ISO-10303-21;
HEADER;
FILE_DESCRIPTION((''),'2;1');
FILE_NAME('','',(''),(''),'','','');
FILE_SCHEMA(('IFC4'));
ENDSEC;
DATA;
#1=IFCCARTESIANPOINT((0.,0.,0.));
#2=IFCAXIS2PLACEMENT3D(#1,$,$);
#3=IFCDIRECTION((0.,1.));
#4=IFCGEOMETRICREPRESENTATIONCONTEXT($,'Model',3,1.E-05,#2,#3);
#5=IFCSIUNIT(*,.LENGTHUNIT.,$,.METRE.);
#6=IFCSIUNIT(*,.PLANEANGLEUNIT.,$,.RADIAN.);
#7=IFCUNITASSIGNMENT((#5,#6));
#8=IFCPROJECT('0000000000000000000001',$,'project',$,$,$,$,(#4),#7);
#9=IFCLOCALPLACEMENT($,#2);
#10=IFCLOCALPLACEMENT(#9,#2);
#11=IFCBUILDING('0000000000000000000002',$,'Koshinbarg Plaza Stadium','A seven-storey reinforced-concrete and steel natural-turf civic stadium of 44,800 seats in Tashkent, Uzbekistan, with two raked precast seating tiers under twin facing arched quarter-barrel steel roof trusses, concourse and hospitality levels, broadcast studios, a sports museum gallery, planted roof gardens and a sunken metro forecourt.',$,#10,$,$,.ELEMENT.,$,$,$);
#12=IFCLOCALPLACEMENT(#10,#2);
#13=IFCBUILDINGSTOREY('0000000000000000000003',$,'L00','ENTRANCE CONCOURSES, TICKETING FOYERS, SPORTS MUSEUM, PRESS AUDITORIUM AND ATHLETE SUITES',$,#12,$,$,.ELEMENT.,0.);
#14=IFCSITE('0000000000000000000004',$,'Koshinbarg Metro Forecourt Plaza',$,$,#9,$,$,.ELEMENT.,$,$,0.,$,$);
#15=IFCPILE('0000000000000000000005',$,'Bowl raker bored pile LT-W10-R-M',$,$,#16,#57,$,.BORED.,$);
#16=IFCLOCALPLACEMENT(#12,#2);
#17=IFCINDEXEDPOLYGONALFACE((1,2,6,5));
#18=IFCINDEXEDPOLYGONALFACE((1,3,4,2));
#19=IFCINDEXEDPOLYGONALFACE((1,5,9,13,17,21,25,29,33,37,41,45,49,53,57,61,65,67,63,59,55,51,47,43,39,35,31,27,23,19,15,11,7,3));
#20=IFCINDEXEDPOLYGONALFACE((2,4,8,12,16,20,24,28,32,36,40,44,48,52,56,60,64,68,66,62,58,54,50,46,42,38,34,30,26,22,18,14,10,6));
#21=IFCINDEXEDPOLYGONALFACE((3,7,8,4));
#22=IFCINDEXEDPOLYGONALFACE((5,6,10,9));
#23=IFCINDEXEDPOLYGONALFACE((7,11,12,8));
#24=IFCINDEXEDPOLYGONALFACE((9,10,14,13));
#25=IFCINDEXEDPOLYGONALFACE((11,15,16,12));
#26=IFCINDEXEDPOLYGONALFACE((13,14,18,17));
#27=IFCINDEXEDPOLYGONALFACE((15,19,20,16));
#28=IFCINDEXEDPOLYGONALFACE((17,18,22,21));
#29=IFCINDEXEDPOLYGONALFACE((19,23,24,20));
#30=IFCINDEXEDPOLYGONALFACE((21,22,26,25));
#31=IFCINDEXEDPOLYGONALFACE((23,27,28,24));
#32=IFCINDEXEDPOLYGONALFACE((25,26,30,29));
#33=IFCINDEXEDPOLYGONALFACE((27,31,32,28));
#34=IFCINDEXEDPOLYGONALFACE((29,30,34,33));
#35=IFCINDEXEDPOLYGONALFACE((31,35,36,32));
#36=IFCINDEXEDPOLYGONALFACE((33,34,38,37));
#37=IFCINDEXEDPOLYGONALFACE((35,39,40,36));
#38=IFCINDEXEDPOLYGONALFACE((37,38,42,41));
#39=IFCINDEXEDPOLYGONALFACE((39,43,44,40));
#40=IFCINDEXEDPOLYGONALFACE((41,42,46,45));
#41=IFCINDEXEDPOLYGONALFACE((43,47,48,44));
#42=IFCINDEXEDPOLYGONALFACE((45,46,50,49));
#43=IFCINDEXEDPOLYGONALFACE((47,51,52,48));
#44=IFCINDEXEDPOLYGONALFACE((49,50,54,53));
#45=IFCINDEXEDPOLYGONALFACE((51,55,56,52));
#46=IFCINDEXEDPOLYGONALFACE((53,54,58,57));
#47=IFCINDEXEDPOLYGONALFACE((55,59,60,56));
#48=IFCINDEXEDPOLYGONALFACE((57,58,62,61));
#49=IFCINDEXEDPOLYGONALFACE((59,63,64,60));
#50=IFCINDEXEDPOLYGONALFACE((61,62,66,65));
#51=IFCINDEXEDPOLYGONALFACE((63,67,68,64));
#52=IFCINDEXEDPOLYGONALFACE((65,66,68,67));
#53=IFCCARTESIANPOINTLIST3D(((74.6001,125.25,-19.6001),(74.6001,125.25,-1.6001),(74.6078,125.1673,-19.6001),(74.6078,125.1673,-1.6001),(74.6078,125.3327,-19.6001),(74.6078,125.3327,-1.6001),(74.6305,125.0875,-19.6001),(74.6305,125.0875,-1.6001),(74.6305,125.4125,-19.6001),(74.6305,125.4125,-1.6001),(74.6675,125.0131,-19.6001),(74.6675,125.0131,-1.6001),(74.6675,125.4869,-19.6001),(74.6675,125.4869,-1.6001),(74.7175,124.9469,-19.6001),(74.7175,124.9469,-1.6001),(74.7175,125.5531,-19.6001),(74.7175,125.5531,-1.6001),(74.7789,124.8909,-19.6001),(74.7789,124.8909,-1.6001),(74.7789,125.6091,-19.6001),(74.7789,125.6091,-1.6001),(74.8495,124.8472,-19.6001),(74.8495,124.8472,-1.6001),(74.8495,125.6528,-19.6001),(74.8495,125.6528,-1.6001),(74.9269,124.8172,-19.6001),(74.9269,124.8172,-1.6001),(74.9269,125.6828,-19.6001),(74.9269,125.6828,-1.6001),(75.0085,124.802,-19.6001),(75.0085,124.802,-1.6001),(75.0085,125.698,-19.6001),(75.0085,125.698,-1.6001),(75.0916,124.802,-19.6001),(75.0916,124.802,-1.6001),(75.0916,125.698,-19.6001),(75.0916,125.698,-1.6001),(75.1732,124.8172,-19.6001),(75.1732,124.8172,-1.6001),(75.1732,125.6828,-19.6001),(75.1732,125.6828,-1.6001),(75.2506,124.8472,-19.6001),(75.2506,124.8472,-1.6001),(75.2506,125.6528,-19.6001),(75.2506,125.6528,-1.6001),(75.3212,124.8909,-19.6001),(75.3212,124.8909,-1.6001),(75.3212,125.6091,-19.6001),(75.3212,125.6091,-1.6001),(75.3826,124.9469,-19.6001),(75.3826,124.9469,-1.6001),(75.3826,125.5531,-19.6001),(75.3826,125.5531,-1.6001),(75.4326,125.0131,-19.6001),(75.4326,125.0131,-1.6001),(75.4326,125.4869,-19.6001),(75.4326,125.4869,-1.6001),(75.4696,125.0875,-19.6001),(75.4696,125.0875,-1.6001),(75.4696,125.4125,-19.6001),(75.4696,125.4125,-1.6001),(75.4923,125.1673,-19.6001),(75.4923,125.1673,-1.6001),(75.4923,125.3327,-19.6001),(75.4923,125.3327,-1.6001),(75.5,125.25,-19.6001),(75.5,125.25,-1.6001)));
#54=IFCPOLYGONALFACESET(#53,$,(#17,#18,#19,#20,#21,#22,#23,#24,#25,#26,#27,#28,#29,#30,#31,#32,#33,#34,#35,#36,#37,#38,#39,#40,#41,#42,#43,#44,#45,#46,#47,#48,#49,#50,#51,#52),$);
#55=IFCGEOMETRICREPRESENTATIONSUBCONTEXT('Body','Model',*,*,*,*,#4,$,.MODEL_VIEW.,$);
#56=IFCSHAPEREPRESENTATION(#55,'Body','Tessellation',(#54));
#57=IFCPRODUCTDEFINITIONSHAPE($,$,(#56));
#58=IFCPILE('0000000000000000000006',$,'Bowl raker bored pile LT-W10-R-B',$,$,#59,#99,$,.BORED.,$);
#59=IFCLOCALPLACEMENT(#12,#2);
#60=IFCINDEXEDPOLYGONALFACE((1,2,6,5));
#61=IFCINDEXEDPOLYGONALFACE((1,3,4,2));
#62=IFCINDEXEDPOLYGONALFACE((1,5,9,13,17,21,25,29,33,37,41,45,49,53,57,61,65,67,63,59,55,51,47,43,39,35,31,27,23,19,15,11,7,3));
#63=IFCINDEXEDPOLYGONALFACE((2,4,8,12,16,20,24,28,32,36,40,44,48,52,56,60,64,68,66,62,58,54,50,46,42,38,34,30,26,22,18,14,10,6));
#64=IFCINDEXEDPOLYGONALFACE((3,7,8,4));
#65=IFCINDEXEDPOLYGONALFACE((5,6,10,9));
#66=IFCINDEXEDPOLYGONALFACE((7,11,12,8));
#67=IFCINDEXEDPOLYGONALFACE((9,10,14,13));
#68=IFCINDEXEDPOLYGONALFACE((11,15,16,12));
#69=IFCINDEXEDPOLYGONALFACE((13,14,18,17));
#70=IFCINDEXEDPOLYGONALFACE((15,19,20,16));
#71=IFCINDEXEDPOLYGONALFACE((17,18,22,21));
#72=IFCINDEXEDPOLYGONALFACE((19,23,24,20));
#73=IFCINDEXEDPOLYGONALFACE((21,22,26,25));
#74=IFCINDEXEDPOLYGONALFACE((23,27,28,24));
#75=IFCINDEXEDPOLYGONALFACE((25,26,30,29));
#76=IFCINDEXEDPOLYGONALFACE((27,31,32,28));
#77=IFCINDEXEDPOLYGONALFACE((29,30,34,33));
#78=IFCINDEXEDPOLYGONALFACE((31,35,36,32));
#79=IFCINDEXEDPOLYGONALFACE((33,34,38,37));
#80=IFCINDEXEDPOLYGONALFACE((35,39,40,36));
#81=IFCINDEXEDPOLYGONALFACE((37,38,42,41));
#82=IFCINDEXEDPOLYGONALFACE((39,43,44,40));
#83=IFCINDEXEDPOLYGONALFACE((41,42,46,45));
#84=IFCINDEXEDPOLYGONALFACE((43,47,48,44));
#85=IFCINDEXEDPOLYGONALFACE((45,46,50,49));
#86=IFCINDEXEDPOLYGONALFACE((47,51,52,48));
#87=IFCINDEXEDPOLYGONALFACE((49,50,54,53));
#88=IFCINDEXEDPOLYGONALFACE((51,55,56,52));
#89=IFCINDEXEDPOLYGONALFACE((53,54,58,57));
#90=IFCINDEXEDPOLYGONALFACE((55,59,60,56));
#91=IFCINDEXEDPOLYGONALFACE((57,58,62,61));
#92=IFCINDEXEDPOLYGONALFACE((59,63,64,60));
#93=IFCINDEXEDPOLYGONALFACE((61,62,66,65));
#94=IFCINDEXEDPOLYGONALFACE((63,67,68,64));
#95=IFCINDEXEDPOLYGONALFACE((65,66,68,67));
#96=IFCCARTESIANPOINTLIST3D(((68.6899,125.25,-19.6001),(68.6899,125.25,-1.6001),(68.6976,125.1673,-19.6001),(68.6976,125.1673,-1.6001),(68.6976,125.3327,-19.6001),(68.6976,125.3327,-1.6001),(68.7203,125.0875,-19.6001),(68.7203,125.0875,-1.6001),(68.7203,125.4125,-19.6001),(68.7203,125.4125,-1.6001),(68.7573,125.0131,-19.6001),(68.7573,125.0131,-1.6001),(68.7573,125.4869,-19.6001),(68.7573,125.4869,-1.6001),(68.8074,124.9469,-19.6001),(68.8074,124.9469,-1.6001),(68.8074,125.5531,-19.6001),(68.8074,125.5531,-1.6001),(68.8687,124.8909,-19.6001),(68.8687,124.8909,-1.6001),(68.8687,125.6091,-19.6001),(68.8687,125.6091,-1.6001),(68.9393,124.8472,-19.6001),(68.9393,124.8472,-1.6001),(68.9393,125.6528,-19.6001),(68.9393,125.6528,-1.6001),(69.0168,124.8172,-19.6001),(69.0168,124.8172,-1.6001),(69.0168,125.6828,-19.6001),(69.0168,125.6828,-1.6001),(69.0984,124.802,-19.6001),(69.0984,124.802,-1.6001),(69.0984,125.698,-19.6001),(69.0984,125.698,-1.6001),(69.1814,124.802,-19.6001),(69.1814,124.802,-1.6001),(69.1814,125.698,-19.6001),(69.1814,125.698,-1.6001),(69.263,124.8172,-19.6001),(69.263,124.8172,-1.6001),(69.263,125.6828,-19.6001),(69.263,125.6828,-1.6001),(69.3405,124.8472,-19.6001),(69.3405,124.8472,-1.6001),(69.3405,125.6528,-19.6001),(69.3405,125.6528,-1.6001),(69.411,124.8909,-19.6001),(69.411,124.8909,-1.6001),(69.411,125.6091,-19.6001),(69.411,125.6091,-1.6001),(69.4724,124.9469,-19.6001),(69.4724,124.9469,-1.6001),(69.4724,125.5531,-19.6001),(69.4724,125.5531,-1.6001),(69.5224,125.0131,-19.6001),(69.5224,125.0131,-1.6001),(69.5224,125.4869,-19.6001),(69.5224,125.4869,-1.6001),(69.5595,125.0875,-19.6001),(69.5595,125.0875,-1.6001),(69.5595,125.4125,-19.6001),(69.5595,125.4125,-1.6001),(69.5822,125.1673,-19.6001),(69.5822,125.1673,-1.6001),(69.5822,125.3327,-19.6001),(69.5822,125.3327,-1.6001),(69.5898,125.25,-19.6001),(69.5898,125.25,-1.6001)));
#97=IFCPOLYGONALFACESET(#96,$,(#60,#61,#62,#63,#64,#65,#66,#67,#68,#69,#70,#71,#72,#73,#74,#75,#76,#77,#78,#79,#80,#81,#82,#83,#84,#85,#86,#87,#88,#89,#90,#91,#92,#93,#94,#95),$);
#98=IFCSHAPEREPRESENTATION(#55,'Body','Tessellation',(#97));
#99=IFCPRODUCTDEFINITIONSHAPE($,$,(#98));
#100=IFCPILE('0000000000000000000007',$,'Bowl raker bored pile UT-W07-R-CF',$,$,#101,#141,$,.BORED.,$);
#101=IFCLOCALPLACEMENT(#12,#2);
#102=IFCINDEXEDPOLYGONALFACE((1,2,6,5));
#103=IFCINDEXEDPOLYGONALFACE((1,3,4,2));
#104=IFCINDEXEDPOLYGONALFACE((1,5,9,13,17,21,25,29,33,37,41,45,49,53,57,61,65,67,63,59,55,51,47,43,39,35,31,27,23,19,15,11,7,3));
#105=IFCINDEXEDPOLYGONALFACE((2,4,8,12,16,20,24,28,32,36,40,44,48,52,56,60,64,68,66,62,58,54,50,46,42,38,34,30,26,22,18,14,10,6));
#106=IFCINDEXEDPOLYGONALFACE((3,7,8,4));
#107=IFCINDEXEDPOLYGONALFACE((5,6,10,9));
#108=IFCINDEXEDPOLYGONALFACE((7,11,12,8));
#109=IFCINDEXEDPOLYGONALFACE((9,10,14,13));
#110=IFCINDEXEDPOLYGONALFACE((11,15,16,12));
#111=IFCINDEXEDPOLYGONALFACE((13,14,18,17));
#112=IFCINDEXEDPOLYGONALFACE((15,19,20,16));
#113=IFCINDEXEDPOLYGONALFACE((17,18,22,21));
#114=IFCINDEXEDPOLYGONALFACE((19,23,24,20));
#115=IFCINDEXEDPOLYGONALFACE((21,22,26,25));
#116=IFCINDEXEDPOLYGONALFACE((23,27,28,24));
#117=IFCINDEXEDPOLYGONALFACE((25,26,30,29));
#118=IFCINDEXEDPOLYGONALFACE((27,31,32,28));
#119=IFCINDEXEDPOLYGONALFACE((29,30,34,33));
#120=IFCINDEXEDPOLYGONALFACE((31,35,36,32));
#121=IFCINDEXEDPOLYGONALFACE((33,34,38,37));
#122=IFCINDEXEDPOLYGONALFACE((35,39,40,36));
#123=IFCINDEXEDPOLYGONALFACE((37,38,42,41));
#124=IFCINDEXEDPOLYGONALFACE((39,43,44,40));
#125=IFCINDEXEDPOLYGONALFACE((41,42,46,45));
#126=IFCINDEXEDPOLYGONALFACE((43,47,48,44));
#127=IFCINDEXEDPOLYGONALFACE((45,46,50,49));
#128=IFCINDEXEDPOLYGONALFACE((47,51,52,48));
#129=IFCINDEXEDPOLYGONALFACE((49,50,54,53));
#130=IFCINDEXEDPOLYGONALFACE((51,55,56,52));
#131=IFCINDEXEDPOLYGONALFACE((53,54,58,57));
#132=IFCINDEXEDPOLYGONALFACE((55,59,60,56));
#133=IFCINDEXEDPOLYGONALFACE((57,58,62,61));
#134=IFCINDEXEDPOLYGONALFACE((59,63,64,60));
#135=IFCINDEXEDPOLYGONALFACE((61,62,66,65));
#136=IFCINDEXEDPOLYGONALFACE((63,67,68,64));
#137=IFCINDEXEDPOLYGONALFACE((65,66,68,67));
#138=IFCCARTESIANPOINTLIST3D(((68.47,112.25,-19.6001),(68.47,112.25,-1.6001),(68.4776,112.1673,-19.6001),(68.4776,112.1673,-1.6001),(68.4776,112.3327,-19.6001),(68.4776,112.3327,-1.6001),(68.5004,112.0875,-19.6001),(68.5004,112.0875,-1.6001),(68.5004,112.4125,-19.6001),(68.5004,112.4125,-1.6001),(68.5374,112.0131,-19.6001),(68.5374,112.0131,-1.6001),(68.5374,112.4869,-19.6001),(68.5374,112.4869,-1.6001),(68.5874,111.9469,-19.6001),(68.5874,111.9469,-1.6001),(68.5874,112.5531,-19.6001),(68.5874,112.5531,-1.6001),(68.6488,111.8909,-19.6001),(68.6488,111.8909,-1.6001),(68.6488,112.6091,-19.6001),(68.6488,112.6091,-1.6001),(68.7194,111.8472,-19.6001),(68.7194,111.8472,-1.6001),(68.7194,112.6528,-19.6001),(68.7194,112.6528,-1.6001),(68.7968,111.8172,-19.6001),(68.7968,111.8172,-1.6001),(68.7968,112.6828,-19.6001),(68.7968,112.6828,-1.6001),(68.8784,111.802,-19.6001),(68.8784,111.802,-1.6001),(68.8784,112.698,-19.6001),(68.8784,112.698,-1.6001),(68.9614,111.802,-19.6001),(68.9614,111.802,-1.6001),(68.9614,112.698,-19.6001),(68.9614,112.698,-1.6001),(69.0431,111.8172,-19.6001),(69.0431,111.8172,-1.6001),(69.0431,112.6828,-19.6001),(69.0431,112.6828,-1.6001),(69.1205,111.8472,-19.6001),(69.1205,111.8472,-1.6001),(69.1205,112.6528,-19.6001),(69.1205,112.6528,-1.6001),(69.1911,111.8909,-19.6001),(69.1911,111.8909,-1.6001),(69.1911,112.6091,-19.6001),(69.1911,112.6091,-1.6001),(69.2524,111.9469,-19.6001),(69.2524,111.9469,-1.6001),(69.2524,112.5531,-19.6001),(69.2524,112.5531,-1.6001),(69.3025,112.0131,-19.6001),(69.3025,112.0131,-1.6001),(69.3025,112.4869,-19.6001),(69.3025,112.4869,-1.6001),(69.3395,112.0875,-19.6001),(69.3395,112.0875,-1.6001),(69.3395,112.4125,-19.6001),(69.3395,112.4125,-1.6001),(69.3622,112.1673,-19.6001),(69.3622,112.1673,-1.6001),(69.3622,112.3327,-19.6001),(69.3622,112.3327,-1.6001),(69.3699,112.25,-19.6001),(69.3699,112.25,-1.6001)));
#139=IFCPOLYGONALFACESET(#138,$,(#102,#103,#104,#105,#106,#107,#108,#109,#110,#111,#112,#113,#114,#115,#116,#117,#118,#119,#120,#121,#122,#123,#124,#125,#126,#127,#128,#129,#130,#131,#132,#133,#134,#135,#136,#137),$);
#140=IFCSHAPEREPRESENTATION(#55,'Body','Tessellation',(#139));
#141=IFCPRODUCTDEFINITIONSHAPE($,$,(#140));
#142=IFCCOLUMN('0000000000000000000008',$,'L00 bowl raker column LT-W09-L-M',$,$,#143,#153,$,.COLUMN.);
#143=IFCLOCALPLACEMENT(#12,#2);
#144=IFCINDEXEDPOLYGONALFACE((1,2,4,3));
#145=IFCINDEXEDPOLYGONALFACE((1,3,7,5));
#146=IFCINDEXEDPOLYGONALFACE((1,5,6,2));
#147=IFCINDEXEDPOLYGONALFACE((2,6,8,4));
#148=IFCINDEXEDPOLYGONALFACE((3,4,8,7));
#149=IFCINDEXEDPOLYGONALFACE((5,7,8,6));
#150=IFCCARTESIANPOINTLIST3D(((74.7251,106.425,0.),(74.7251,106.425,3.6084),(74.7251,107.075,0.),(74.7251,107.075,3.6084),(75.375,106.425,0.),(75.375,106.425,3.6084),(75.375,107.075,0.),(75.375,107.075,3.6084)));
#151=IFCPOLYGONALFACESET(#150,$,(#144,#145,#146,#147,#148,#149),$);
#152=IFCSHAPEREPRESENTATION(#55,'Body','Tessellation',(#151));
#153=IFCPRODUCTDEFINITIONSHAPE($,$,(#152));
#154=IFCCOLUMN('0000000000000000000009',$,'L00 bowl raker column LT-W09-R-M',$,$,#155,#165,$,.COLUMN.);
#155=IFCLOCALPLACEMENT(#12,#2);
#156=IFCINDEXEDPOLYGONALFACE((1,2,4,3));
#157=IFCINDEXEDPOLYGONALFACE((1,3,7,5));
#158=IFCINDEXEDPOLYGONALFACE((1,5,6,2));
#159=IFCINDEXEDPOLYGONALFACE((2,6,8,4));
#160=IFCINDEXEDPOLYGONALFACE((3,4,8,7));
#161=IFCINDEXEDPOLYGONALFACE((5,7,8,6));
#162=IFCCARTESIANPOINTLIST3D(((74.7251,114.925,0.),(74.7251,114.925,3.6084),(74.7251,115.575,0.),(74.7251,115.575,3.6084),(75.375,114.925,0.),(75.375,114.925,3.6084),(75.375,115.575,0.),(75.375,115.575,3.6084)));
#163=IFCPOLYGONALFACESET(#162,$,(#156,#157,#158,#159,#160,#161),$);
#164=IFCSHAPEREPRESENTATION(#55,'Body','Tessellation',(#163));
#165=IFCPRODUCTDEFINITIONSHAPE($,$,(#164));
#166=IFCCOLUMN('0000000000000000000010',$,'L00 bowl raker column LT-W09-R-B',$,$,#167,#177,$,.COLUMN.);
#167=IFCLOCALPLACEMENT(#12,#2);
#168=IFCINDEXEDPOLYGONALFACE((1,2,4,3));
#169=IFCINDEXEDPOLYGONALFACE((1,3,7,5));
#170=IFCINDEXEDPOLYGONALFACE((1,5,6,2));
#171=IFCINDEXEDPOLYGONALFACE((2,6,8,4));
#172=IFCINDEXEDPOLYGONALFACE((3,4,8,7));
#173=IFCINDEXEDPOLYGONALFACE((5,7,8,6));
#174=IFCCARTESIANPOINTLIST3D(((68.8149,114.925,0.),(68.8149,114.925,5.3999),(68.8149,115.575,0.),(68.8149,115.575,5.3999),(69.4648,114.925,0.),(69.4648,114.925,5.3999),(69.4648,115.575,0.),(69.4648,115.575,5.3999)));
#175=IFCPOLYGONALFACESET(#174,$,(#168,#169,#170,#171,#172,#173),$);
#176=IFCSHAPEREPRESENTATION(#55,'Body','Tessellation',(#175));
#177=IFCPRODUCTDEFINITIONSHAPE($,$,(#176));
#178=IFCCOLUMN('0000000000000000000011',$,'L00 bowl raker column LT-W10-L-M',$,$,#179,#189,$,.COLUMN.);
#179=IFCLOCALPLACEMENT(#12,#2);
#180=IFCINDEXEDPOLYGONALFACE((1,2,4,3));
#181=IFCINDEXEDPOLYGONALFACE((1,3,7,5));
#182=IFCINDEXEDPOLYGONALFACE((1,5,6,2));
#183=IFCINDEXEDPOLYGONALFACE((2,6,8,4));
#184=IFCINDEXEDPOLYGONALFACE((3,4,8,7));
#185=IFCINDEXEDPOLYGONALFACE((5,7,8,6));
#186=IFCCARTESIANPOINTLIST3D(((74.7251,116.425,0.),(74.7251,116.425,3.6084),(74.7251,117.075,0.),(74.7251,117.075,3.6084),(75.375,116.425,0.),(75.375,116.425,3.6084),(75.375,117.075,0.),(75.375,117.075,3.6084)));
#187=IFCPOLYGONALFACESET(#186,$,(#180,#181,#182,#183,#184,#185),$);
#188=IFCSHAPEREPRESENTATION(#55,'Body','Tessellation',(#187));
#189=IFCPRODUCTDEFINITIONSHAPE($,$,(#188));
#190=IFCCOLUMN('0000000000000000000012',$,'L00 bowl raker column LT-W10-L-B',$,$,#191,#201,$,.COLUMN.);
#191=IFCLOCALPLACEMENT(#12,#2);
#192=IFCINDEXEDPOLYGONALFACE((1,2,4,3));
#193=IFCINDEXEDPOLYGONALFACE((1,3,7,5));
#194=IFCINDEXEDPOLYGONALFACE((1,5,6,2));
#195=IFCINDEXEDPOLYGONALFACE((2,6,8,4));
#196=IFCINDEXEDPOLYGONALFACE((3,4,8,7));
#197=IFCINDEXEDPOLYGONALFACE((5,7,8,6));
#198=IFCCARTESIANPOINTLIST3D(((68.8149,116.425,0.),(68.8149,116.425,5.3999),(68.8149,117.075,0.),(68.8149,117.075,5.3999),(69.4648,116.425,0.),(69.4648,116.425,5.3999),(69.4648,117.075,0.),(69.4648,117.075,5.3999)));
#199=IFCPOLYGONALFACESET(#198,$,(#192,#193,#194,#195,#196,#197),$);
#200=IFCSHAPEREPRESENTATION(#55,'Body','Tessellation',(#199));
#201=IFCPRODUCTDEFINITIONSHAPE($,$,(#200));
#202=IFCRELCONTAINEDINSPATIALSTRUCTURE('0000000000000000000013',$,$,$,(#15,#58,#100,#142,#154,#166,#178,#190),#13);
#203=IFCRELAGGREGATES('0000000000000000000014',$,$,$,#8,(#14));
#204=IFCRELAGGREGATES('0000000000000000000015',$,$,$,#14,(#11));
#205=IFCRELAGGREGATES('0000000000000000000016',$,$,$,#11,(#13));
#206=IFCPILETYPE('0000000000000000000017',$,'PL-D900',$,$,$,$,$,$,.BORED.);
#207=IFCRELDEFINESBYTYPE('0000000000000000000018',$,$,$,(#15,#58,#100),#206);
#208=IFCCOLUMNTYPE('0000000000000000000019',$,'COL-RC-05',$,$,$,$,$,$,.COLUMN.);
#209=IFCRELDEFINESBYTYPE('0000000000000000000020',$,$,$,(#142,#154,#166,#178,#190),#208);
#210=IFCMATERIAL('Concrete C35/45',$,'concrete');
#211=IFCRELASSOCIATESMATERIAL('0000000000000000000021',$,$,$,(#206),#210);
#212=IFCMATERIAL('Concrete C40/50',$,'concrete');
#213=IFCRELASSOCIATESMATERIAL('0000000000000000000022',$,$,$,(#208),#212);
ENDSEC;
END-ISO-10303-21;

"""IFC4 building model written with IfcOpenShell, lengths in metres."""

from ifc_helpers import new_model, si_unit, direction, frame, origin, origin_2d, place, context, subcontext, project, spatial, rectangle, circle, extrude, material, material_profile, profile_set, type_object, element, save


model = new_model("IFC4")

# Units and contexts
model_context = context("Model", 3, precision=1e-05, world=origin(), true_north=direction((0.0, 1.0)))
body_context = subcontext(model_context, "Body", "Model", "MODEL_VIEW")
ifc_project = project(units=[si_unit("LENGTHUNIT", "METRE"), si_unit("PLANEANGLEUNIT", "RADIAN")], contexts=[model_context])

# Site, building, storey
site_placement = place(None, origin())
site = spatial("IfcSite", under=ifc_project, at=site_placement, Name="Koshinbarg Metro Forecourt Plaza", CompositionType="ELEMENT", RefElevation=0.0)
building_placement = place(site_placement, origin())
building = spatial("IfcBuilding", under=site, at=building_placement, Name="Koshinbarg Plaza Stadium", Description="A seven-storey reinforced-concrete and steel natural-turf civic stadium of 44,800 seats in Tashkent, Uzbekistan, with two raked precast seating tiers under twin facing arched quarter-barrel steel roof trusses, concourse and hospitality levels, broadcast studios, a sports museum gallery, planted roof gardens and a sunken metro forecourt.", CompositionType="ELEMENT")
storey_placement = place(building_placement, origin())
storey = spatial("IfcBuildingStorey", under=building, at=storey_placement, Name="L00", Description="ENTRANCE CONCOURSES, TICKETING FOYERS, SPORTS MUSEUM, PRESS AUDITORIUM AND ATHLETE SUITES", CompositionType="ELEMENT", Elevation=0.0)

# Shared definitions
ifc_material_1 = material(Name="Concrete C35/45", Category="concrete")

# Piles
ifc_material_profile_1 = material_profile(ifc_material_1, circle(Radius=0.45, at=origin_2d()), Name="PILE D900")
ifc_profile_set_1 = profile_set([ifc_material_profile_1], Name="Concrete C35/45")
pile_type_1 = type_object("IfcPileType", Name="PL-D900", PredefinedType="BORED", material=ifc_profile_set_1)
for number, where, z_axis, x_axis, name in (
    (1, (75.05, 125.25, -1.6001), (0.0, 0.0, -1.0), (1.0, 0.0, 0.0), "Bowl raker bored pile LT-W10-R-M"),
    (2, (69.1399, 125.25, -1.6001), (0.0, 0.0, -1.0), (1.0, 0.0, 0.0), "Bowl raker bored pile LT-W10-R-B"),
    (3, (68.9199, 112.25, -1.6001), (0.0, 0.0, -1.0), (1.0, 0.0, 0.0), "Bowl raker bored pile UT-W07-R-CF"),
):
    element("IfcPile", number, at=place(storey_placement, frame(where, z_axis=z_axis, x_axis=x_axis)), inside=storey, type_object=pile_type_1, Name=name, PredefinedType="BORED", context=body_context, shape_type="SweptSolid", body=[
        extrude(circle(Radius=0.45, at=origin_2d()), origin(), (0.0, 0.0, 1.0), 18.0),
    ])

# Columns
ifc_material_2 = material(Name="Concrete C40/50", Category="concrete")
ifc_material_profile_2 = material_profile(ifc_material_2, rectangle(XDim=0.6499, YDim=0.6499, at=origin_2d()), Name="RC 650x650")
ifc_profile_set_2 = profile_set([ifc_material_profile_2], Name="Concrete C40/50")
column_type = type_object("IfcColumnType", Name="COL-RC-05", PredefinedType="COLUMN", material=ifc_profile_set_2)
for number, where, z_axis, x_axis, name in (
    (4, (75.05, 106.75, 0.0), (0.0, 0.0, 1.0), (1.0, 0.0, 0.0), "L00 bowl raker column LT-W09-L-M"),
    (5, (75.05, 115.25, 0.0), (0.0, 0.0, 1.0), (1.0, 0.0, 0.0), "L00 bowl raker column LT-W09-R-M"),
):
    element("IfcColumn", number, at=place(storey_placement, frame(where, z_axis=z_axis, x_axis=x_axis)), inside=storey, type_object=column_type, Name=name, PredefinedType="COLUMN", context=body_context, shape_type="SweptSolid", body=[
        extrude(rectangle(XDim=0.6499, YDim=0.6499, at=origin_2d()), origin(), (0.0, 0.0, 1.0), 3.6084),
    ])
column_1_placement = place(storey_placement, frame((69.1399, 115.25, 0.0), z_axis=(0.0, 0.0, 1.0), x_axis=(1.0, 0.0, 0.0)))
element("IfcColumn", 6, at=column_1_placement, inside=storey, type_object=column_type, Name="L00 bowl raker column LT-W09-R-B", PredefinedType="COLUMN", context=body_context, shape_type="SweptSolid", body=[
    extrude(rectangle(XDim=0.6499, YDim=0.6499, at=origin_2d()), origin(), (0.0, 0.0, 1.0), 5.3999),
])
column_2_placement = place(storey_placement, frame((75.05, 116.75, 0.0), z_axis=(0.0, 0.0, 1.0), x_axis=(1.0, 0.0, 0.0)))
element("IfcColumn", 7, at=column_2_placement, inside=storey, type_object=column_type, Name="L00 bowl raker column LT-W10-L-M", PredefinedType="COLUMN", context=body_context, shape_type="SweptSolid", body=[
    extrude(rectangle(XDim=0.6499, YDim=0.6499, at=origin_2d()), origin(), (0.0, 0.0, 1.0), 3.6084),
])
column_3_placement = place(storey_placement, frame((69.1399, 116.75, 0.0), z_axis=(0.0, 0.0, 1.0), x_axis=(1.0, 0.0, 0.0)))
element("IfcColumn", 8, at=column_3_placement, inside=storey, type_object=column_type, Name="L00 bowl raker column LT-W10-L-B", PredefinedType="COLUMN", context=body_context, shape_type="SweptSolid", body=[
    extrude(rectangle(XDim=0.6499, YDim=0.6499, at=origin_2d()), origin(), (0.0, 0.0, 1.0), 5.3999),
])

save(model, "model.ifc")
